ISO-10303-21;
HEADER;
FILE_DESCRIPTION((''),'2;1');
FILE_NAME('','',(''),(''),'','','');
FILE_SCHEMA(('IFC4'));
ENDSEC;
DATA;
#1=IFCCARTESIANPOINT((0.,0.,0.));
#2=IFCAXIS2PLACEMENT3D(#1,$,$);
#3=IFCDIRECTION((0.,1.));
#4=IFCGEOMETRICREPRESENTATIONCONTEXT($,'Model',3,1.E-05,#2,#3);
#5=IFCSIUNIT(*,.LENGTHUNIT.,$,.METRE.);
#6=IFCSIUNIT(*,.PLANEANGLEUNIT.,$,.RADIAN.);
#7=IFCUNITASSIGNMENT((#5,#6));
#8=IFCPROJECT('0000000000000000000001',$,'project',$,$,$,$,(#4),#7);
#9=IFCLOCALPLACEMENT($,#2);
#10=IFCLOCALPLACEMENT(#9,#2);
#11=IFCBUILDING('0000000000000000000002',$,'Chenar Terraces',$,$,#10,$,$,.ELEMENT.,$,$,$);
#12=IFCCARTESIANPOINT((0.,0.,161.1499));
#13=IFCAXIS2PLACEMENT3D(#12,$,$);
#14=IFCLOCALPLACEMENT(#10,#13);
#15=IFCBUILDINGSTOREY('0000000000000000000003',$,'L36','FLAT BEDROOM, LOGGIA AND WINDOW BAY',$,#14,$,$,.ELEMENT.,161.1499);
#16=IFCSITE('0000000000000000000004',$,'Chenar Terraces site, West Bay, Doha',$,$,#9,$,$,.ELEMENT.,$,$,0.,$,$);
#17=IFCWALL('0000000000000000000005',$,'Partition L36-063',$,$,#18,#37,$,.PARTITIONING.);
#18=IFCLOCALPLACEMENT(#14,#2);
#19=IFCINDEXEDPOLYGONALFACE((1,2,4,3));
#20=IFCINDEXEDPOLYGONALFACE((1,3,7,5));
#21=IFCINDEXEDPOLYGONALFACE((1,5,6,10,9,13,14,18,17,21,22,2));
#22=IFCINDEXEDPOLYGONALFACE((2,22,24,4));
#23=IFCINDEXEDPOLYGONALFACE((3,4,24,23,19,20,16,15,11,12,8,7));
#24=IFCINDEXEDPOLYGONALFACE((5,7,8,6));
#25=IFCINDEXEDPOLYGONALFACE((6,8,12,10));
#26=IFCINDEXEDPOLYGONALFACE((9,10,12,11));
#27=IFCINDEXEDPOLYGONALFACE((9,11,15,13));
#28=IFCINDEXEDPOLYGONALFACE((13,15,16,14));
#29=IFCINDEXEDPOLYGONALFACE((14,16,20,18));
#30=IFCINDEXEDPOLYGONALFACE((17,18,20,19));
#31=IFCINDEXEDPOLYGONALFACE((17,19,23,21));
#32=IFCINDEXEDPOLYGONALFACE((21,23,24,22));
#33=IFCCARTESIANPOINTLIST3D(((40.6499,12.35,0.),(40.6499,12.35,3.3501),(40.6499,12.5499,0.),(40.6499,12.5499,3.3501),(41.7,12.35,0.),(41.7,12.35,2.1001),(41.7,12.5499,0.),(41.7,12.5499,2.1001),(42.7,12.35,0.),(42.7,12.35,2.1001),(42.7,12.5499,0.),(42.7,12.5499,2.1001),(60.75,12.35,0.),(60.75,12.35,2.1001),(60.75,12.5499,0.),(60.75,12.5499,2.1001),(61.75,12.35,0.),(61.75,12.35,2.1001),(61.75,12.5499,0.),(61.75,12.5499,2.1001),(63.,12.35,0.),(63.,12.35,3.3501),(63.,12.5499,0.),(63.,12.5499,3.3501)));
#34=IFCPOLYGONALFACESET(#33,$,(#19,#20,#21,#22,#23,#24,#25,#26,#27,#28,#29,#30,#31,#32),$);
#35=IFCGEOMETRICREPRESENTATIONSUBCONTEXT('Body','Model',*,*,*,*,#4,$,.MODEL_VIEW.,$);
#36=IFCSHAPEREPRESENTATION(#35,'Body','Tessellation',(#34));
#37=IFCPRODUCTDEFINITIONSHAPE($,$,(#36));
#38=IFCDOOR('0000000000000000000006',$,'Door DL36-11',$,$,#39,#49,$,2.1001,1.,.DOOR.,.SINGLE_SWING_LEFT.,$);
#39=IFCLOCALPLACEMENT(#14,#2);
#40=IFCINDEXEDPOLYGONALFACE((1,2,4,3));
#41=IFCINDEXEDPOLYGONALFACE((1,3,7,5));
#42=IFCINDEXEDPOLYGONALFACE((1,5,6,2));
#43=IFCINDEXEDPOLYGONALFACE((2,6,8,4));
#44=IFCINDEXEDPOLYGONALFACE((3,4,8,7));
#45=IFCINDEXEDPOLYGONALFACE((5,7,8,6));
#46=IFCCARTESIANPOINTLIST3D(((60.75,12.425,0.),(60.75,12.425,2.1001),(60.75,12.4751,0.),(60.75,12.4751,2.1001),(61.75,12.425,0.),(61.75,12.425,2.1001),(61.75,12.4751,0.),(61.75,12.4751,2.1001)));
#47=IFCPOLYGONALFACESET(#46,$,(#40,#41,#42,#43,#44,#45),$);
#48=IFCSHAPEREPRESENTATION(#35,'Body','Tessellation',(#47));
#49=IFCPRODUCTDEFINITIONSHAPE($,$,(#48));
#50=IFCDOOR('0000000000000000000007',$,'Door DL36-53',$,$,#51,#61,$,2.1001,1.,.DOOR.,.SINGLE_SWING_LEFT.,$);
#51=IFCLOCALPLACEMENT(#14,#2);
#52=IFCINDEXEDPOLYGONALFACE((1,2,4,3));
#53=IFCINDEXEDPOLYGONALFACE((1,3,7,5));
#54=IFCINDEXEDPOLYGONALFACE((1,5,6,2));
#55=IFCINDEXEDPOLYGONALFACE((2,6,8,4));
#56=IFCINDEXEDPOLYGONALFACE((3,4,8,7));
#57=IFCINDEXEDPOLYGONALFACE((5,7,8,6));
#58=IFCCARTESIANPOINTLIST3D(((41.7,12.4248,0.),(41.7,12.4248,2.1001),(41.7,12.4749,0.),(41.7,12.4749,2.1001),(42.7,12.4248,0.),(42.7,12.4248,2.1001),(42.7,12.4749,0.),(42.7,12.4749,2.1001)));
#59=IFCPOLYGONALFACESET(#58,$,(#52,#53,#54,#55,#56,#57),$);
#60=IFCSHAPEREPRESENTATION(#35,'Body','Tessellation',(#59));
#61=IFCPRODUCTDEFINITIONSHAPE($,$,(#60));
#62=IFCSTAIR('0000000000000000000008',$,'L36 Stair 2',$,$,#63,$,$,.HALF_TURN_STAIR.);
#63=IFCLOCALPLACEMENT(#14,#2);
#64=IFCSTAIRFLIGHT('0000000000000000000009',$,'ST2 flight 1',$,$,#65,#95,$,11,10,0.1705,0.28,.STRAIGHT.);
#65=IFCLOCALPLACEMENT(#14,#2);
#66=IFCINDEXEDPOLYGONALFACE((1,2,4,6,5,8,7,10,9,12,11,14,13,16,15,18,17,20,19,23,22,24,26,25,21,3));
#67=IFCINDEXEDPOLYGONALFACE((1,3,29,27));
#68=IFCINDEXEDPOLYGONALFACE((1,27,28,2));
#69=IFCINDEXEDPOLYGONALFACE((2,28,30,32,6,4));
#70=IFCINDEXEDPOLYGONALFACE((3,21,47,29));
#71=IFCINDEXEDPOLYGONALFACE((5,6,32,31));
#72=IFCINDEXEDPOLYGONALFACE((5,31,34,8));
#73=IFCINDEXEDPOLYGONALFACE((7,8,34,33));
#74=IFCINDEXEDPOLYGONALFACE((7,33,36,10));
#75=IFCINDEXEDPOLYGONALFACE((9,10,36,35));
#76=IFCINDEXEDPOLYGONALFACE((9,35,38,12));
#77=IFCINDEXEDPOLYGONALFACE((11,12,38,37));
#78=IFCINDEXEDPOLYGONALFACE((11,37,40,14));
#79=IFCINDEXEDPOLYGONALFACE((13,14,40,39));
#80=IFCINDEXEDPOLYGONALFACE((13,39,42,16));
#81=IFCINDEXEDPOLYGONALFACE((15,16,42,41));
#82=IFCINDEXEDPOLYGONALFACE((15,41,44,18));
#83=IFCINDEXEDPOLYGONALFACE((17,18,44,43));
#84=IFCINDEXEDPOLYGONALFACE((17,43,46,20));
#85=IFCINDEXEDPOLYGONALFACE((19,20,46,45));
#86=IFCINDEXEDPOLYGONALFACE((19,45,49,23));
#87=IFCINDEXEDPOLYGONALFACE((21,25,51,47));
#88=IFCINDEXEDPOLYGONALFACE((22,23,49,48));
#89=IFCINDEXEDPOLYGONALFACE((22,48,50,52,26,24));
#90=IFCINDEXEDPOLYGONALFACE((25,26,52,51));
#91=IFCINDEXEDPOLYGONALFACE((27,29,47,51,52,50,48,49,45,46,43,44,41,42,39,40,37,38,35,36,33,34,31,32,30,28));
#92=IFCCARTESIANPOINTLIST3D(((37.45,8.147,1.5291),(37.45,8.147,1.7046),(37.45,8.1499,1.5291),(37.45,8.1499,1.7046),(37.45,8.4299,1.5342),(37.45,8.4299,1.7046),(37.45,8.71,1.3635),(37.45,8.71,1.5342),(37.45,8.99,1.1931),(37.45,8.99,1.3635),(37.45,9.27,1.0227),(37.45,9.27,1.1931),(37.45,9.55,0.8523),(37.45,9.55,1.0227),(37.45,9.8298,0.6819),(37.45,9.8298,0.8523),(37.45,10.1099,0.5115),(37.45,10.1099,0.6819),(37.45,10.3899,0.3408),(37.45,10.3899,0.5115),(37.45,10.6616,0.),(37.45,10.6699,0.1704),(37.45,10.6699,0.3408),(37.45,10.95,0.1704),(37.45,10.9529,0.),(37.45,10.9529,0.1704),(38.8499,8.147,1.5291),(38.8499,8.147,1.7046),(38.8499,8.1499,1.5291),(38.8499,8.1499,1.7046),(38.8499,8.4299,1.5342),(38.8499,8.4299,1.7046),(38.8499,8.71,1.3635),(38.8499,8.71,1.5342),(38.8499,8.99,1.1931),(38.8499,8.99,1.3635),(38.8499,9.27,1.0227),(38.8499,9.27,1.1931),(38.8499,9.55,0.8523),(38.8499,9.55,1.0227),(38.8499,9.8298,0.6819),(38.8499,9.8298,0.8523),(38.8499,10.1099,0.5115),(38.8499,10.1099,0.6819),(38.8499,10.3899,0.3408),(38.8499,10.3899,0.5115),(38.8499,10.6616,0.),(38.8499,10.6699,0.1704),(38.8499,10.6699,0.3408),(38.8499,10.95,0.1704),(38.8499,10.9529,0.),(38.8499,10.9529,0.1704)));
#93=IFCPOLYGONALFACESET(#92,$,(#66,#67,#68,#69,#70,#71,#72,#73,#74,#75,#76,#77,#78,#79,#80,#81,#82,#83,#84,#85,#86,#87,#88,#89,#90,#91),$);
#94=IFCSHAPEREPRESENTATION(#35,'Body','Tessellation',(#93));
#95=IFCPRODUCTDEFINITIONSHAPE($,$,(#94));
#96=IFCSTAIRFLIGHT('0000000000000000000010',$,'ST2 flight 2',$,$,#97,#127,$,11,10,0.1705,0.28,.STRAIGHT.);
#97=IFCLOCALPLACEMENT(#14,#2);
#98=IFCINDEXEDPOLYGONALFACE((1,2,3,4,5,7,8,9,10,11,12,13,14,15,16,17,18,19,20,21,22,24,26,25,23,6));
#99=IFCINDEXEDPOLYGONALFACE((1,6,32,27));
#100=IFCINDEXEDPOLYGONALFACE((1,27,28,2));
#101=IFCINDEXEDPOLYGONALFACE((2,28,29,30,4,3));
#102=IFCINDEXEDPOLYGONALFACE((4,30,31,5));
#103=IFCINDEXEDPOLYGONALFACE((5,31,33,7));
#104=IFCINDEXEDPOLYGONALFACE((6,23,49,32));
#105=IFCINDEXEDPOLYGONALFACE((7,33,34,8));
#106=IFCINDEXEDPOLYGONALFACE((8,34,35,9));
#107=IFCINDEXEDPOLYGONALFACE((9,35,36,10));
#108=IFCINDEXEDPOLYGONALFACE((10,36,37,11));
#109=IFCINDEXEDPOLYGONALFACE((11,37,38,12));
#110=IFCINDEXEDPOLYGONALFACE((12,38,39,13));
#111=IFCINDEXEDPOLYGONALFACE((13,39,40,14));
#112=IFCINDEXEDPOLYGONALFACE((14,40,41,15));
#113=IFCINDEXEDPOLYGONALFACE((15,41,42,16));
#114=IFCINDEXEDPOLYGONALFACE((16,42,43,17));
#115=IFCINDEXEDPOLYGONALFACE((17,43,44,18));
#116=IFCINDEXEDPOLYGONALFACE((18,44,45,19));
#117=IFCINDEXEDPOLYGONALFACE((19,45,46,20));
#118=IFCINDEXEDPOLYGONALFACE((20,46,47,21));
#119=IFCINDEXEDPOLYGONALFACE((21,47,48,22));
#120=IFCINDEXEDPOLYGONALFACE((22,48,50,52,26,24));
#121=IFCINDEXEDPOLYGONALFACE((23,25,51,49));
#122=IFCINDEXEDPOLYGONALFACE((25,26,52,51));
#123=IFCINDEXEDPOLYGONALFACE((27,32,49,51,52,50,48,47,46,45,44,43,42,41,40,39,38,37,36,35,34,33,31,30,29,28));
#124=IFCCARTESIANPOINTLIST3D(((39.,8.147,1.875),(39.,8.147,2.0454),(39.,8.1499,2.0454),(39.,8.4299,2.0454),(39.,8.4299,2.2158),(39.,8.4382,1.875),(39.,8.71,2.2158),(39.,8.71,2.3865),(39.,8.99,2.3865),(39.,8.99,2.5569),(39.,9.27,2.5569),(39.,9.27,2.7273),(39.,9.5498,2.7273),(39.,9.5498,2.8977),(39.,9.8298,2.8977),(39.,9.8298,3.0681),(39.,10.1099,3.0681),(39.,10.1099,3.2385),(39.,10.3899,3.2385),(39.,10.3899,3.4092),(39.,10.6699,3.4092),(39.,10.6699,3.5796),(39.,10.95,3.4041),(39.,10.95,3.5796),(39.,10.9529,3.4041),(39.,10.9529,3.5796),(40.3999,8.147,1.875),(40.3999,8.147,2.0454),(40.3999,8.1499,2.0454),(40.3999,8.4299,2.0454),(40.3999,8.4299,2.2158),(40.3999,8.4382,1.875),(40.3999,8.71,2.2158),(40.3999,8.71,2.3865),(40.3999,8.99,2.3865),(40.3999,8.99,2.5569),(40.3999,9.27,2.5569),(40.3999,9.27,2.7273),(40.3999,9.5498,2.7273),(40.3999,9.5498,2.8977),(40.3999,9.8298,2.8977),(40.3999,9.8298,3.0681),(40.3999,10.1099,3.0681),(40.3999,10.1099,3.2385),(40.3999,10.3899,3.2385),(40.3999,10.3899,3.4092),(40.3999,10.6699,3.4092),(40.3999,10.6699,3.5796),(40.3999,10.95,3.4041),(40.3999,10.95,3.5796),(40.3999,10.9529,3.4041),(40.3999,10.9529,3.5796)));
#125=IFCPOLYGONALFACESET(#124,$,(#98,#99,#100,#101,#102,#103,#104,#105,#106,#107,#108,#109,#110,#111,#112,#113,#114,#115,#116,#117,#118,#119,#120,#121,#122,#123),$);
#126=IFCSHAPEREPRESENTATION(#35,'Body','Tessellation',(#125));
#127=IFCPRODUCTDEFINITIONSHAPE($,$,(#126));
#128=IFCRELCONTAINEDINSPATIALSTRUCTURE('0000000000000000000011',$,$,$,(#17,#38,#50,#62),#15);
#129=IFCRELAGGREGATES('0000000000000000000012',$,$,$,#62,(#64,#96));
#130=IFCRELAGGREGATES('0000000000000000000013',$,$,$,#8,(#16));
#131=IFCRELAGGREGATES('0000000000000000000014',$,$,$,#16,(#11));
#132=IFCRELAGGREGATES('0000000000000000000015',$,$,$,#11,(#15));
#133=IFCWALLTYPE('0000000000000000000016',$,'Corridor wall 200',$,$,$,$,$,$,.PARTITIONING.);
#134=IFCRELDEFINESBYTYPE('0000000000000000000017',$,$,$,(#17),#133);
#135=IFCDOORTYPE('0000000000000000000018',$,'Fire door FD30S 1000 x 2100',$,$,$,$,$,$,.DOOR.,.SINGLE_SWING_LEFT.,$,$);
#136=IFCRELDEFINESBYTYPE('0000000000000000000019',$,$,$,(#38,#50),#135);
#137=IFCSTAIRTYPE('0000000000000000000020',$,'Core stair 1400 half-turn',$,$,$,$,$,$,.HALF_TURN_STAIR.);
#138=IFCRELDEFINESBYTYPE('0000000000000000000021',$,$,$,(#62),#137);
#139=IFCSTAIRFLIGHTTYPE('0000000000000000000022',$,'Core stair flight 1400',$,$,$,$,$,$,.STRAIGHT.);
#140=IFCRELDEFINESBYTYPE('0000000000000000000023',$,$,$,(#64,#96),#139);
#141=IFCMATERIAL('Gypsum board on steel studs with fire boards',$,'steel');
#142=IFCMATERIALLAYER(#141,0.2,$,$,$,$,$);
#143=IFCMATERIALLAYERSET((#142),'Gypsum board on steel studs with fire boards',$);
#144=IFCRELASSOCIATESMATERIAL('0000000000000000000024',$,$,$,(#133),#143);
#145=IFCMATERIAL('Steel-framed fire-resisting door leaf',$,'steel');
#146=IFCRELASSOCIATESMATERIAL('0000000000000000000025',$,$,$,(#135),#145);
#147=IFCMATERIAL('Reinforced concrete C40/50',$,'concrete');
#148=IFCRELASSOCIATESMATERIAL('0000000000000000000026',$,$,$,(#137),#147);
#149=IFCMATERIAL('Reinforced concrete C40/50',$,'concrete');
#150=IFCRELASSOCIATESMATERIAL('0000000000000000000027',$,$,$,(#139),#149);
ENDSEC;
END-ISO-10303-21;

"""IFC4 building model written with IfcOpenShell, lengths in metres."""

from ifc_helpers import new_model, si_unit, direction, frame, frame_2d, origin, place, context, subcontext, project, spatial, polyline, rectangle, outline, extrude, material, layer, layer_set, type_object, element, fill, aggregate, save


model = new_model("IFC4")

# Units and contexts
model_context = context("Model", 3, precision=1e-05, world=origin(), true_north=direction((0.0, 1.0)))
body_context = subcontext(model_context, "Body", "Model", "MODEL_VIEW")
ifc_project = project(units=[si_unit("LENGTHUNIT", "METRE"), si_unit("PLANEANGLEUNIT", "RADIAN")], contexts=[model_context])

# Site, building, storey
site_placement = place(None, origin())
site = spatial("IfcSite", under=ifc_project, at=site_placement, Name="Chenar Terraces site, West Bay, Doha", CompositionType="ELEMENT", RefElevation=0.0)
building_placement = place(site_placement, origin())
building = spatial("IfcBuilding", under=site, at=building_placement, Name="Chenar Terraces", CompositionType="ELEMENT")
storey_placement = place(building_placement, frame((0.0, 0.0, 161.1499)))
storey = spatial("IfcBuildingStorey", under=building, at=storey_placement, Name="L36", Description="FLAT BEDROOM, LOGGIA AND WINDOW BAY", CompositionType="ELEMENT", Elevation=161.1499)

# Shared definitions
ifc_material_1 = material(Name="Gypsum board on steel studs with fire boards", Category="steel")
ifc_layer_1 = layer(ifc_material_1, 0.2)
ifc_layer_set_1 = layer_set([ifc_layer_1], Name="Gypsum board on steel studs with fire boards")
wall_type_1 = type_object("IfcWallType", Name="Corridor wall 200", PredefinedType="PARTITIONING", material=ifc_layer_set_1)

# Wall, openings, doors
wall_1_placement = place(storey_placement, frame((40.6499, 12.45, 0.0), z_axis=(0.0, 0.0, 1.0), x_axis=(1.0, 0.0, 0.0)))
wall_1 = element("IfcWall", 1, at=wall_1_placement, inside=storey, type_object=wall_type_1, Name="Partition L36-063", PredefinedType="PARTITIONING", context=body_context, shape_type="SweptSolid", body=[
    extrude(rectangle(XDim=22.3501, YDim=0.2, at=frame_2d((11.175, 0.0))), origin(), (0.0, 0.0, 1.0), 3.3501),
])
opening_1_placement = place(wall_1_placement, frame((20.1001, 0.0, 0.0)))
opening_1 = element("IfcOpeningElement", 2, at=opening_1_placement, cuts=wall_1, PredefinedType="OPENING", context=body_context, shape_type="SweptSolid", body=[
    extrude(rectangle(XDim=1.0, YDim=2.1001, at=frame_2d((0.5, 1.05))), frame((0.0, 0.1099, 0.0), z_axis=(0.0, -1.0, 0.0), x_axis=(1.0, 0.0, 0.0)), (0.0, 0.0, 1.0), 0.22),
])
opening_2_placement = place(wall_1_placement, frame((1.05, 0.0, 0.0)))
opening_2 = element("IfcOpeningElement", 3, at=opening_2_placement, cuts=wall_1, PredefinedType="OPENING", context=body_context, shape_type="SweptSolid", body=[
    extrude(rectangle(XDim=1.0, YDim=2.1001, at=frame_2d((0.5, 1.05))), frame((0.0, 0.1099, 0.0), z_axis=(0.0, -1.0, 0.0), x_axis=(1.0, 0.0, 0.0)), (0.0, 0.0, 1.0), 0.22),
])
ifc_material_2 = material(Name="Steel-framed fire-resisting door leaf", Category="steel")
door_type_1 = type_object("IfcDoorType", Name="Fire door FD30S 1000 x 2100", OperationType="SINGLE_SWING_LEFT", PredefinedType="DOOR", material=ifc_material_2)
door_1_placement = place(opening_1_placement, frame((1.0, 0.0, 0.0), z_axis=(0.0, 0.0, 1.0), x_axis=(-1.0, 0.0, 0.0)))
door_1 = element("IfcDoor", 4, at=door_1_placement, inside=storey, type_object=door_type_1, Name="Door DL36-11", OperationType="SINGLE_SWING_LEFT", OverallHeight=2.1001, OverallWidth=1.0, PredefinedType="DOOR", context=body_context, shape_type="SweptSolid", body=[
    extrude(rectangle(XDim=1.0, YDim=2.1001, at=frame_2d((0.5, 1.05))), frame((0.0, 0.0249, 0.0), z_axis=(0.0, -1.0, 0.0), x_axis=(1.0, 0.0, 0.0)), (0.0, 0.0, 1.0), 0.05),
])
fill(opening_1, door_1)
door_2_placement = place(opening_2_placement, origin())
door_2 = element("IfcDoor", 5, at=door_2_placement, inside=storey, type_object=door_type_1, Name="Door DL36-53", OperationType="SINGLE_SWING_LEFT", OverallHeight=2.1001, OverallWidth=1.0, PredefinedType="DOOR", context=body_context, shape_type="SweptSolid", body=[
    extrude(rectangle(XDim=1.0, YDim=2.1001, at=frame_2d((0.5, 1.05))), frame((0.0, 0.0249, 0.0), z_axis=(0.0, -1.0, 0.0), x_axis=(1.0, 0.0, 0.0)), (0.0, 0.0, 1.0), 0.05),
])
fill(opening_2, door_2)

# Stair, stair flights
ifc_material_3 = material(Name="Reinforced concrete C40/50", Category="concrete")
stair_type = type_object("IfcStairType", Name="Core stair 1400 half-turn", PredefinedType="HALF_TURN_STAIR", material=ifc_material_3)
stair_placement = place(storey_placement, origin())
stair = element("IfcStair", 6, at=stair_placement, inside=storey, type_object=stair_type, Name="L36 Stair 2", PredefinedType="HALF_TURN_STAIR")
ifc_material_4 = material(Name="Reinforced concrete C40/50", Category="concrete")
stair_flight_type = type_object("IfcStairFlightType", Name="Core stair flight 1400", PredefinedType="STRAIGHT", material=ifc_material_4)
stair_flight_1_placement = place(storey_placement, frame((38.1499, 10.95, 0.0), z_axis=(0.0, 0.0, 1.0), x_axis=(0.0, -1.0, 0.0)))
stair_flight_1 = element("IfcStairFlight", 7, at=stair_flight_1_placement, type_object=stair_flight_type, Name="ST2 flight 1", NumberOfRisers=11, NumberOfTreads=10, PredefinedType="STRAIGHT", RiserHeight=0.1705, TreadLength=0.28, context=body_context, shape_type="SweptSolid", body=[
    extrude(outline(polyline([(-0.0029, 0.0), (-0.0029, 0.1704), (0.0, 0.1704), (0.28, 0.1704), (0.28, 0.3408), (0.5601, 0.3408), (0.5601, 0.5115), (0.8401, 0.5115), (0.8401, 0.6819), (1.1201, 0.6819), (1.1201, 0.8523), (1.3999, 0.8523), (1.3999, 1.0227), (1.6799, 1.0227), (1.6799, 1.1931), (1.96, 1.1931), (1.96, 1.3635), (2.24, 1.3635), (2.24, 1.5342), (2.52, 1.5342), (2.52, 1.7046), (2.8, 1.7046), (2.803, 1.7046), (2.803, 1.5291), (2.8, 1.5291), (0.2883, 0.0), (-0.0029, 0.0)])), frame((0.0, 0.7, 0.0), z_axis=(0.0, -1.0, 0.0), x_axis=(1.0, 0.0, 0.0)), (0.0, 0.0, 1.0), 1.3999),
])
stair_flight_2_placement = place(storey_placement, frame((39.7, 8.1499, 1.875), z_axis=(0.0, 0.0, 1.0), x_axis=(0.0, 1.0, 0.0)))
stair_flight_2 = element("IfcStairFlight", 8, at=stair_flight_2_placement, type_object=stair_flight_type, Name="ST2 flight 2", NumberOfRisers=11, NumberOfTreads=10, PredefinedType="STRAIGHT", RiserHeight=0.1705, TreadLength=0.28, context=body_context, shape_type="SweptSolid", body=[
    extrude(outline(polyline([(-0.0029, 0.0), (-0.0029, 0.1704), (0.0, 0.1704), (0.28, 0.1704), (0.28, 0.3408), (0.5601, 0.3408), (0.5601, 0.5115), (0.8401, 0.5115), (0.8401, 0.6819), (1.1201, 0.6819), (1.1201, 0.8523), (1.3999, 0.8523), (1.3999, 1.0227), (1.6799, 1.0227), (1.6799, 1.1931), (1.96, 1.1931), (1.96, 1.3635), (2.24, 1.3635), (2.24, 1.5342), (2.52, 1.5342), (2.52, 1.7046), (2.8, 1.7046), (2.803, 1.7046), (2.803, 1.5291), (2.8, 1.5291), (0.2883, 0.0), (-0.0029, 0.0)])), frame((0.0, 0.7, 0.0), z_axis=(0.0, -1.0, 0.0), x_axis=(1.0, 0.0, 0.0)), (0.0, 0.0, 1.0), 1.3999),
])
aggregate(stair, [stair_flight_1, stair_flight_2])

save(model, "model.ifc")
